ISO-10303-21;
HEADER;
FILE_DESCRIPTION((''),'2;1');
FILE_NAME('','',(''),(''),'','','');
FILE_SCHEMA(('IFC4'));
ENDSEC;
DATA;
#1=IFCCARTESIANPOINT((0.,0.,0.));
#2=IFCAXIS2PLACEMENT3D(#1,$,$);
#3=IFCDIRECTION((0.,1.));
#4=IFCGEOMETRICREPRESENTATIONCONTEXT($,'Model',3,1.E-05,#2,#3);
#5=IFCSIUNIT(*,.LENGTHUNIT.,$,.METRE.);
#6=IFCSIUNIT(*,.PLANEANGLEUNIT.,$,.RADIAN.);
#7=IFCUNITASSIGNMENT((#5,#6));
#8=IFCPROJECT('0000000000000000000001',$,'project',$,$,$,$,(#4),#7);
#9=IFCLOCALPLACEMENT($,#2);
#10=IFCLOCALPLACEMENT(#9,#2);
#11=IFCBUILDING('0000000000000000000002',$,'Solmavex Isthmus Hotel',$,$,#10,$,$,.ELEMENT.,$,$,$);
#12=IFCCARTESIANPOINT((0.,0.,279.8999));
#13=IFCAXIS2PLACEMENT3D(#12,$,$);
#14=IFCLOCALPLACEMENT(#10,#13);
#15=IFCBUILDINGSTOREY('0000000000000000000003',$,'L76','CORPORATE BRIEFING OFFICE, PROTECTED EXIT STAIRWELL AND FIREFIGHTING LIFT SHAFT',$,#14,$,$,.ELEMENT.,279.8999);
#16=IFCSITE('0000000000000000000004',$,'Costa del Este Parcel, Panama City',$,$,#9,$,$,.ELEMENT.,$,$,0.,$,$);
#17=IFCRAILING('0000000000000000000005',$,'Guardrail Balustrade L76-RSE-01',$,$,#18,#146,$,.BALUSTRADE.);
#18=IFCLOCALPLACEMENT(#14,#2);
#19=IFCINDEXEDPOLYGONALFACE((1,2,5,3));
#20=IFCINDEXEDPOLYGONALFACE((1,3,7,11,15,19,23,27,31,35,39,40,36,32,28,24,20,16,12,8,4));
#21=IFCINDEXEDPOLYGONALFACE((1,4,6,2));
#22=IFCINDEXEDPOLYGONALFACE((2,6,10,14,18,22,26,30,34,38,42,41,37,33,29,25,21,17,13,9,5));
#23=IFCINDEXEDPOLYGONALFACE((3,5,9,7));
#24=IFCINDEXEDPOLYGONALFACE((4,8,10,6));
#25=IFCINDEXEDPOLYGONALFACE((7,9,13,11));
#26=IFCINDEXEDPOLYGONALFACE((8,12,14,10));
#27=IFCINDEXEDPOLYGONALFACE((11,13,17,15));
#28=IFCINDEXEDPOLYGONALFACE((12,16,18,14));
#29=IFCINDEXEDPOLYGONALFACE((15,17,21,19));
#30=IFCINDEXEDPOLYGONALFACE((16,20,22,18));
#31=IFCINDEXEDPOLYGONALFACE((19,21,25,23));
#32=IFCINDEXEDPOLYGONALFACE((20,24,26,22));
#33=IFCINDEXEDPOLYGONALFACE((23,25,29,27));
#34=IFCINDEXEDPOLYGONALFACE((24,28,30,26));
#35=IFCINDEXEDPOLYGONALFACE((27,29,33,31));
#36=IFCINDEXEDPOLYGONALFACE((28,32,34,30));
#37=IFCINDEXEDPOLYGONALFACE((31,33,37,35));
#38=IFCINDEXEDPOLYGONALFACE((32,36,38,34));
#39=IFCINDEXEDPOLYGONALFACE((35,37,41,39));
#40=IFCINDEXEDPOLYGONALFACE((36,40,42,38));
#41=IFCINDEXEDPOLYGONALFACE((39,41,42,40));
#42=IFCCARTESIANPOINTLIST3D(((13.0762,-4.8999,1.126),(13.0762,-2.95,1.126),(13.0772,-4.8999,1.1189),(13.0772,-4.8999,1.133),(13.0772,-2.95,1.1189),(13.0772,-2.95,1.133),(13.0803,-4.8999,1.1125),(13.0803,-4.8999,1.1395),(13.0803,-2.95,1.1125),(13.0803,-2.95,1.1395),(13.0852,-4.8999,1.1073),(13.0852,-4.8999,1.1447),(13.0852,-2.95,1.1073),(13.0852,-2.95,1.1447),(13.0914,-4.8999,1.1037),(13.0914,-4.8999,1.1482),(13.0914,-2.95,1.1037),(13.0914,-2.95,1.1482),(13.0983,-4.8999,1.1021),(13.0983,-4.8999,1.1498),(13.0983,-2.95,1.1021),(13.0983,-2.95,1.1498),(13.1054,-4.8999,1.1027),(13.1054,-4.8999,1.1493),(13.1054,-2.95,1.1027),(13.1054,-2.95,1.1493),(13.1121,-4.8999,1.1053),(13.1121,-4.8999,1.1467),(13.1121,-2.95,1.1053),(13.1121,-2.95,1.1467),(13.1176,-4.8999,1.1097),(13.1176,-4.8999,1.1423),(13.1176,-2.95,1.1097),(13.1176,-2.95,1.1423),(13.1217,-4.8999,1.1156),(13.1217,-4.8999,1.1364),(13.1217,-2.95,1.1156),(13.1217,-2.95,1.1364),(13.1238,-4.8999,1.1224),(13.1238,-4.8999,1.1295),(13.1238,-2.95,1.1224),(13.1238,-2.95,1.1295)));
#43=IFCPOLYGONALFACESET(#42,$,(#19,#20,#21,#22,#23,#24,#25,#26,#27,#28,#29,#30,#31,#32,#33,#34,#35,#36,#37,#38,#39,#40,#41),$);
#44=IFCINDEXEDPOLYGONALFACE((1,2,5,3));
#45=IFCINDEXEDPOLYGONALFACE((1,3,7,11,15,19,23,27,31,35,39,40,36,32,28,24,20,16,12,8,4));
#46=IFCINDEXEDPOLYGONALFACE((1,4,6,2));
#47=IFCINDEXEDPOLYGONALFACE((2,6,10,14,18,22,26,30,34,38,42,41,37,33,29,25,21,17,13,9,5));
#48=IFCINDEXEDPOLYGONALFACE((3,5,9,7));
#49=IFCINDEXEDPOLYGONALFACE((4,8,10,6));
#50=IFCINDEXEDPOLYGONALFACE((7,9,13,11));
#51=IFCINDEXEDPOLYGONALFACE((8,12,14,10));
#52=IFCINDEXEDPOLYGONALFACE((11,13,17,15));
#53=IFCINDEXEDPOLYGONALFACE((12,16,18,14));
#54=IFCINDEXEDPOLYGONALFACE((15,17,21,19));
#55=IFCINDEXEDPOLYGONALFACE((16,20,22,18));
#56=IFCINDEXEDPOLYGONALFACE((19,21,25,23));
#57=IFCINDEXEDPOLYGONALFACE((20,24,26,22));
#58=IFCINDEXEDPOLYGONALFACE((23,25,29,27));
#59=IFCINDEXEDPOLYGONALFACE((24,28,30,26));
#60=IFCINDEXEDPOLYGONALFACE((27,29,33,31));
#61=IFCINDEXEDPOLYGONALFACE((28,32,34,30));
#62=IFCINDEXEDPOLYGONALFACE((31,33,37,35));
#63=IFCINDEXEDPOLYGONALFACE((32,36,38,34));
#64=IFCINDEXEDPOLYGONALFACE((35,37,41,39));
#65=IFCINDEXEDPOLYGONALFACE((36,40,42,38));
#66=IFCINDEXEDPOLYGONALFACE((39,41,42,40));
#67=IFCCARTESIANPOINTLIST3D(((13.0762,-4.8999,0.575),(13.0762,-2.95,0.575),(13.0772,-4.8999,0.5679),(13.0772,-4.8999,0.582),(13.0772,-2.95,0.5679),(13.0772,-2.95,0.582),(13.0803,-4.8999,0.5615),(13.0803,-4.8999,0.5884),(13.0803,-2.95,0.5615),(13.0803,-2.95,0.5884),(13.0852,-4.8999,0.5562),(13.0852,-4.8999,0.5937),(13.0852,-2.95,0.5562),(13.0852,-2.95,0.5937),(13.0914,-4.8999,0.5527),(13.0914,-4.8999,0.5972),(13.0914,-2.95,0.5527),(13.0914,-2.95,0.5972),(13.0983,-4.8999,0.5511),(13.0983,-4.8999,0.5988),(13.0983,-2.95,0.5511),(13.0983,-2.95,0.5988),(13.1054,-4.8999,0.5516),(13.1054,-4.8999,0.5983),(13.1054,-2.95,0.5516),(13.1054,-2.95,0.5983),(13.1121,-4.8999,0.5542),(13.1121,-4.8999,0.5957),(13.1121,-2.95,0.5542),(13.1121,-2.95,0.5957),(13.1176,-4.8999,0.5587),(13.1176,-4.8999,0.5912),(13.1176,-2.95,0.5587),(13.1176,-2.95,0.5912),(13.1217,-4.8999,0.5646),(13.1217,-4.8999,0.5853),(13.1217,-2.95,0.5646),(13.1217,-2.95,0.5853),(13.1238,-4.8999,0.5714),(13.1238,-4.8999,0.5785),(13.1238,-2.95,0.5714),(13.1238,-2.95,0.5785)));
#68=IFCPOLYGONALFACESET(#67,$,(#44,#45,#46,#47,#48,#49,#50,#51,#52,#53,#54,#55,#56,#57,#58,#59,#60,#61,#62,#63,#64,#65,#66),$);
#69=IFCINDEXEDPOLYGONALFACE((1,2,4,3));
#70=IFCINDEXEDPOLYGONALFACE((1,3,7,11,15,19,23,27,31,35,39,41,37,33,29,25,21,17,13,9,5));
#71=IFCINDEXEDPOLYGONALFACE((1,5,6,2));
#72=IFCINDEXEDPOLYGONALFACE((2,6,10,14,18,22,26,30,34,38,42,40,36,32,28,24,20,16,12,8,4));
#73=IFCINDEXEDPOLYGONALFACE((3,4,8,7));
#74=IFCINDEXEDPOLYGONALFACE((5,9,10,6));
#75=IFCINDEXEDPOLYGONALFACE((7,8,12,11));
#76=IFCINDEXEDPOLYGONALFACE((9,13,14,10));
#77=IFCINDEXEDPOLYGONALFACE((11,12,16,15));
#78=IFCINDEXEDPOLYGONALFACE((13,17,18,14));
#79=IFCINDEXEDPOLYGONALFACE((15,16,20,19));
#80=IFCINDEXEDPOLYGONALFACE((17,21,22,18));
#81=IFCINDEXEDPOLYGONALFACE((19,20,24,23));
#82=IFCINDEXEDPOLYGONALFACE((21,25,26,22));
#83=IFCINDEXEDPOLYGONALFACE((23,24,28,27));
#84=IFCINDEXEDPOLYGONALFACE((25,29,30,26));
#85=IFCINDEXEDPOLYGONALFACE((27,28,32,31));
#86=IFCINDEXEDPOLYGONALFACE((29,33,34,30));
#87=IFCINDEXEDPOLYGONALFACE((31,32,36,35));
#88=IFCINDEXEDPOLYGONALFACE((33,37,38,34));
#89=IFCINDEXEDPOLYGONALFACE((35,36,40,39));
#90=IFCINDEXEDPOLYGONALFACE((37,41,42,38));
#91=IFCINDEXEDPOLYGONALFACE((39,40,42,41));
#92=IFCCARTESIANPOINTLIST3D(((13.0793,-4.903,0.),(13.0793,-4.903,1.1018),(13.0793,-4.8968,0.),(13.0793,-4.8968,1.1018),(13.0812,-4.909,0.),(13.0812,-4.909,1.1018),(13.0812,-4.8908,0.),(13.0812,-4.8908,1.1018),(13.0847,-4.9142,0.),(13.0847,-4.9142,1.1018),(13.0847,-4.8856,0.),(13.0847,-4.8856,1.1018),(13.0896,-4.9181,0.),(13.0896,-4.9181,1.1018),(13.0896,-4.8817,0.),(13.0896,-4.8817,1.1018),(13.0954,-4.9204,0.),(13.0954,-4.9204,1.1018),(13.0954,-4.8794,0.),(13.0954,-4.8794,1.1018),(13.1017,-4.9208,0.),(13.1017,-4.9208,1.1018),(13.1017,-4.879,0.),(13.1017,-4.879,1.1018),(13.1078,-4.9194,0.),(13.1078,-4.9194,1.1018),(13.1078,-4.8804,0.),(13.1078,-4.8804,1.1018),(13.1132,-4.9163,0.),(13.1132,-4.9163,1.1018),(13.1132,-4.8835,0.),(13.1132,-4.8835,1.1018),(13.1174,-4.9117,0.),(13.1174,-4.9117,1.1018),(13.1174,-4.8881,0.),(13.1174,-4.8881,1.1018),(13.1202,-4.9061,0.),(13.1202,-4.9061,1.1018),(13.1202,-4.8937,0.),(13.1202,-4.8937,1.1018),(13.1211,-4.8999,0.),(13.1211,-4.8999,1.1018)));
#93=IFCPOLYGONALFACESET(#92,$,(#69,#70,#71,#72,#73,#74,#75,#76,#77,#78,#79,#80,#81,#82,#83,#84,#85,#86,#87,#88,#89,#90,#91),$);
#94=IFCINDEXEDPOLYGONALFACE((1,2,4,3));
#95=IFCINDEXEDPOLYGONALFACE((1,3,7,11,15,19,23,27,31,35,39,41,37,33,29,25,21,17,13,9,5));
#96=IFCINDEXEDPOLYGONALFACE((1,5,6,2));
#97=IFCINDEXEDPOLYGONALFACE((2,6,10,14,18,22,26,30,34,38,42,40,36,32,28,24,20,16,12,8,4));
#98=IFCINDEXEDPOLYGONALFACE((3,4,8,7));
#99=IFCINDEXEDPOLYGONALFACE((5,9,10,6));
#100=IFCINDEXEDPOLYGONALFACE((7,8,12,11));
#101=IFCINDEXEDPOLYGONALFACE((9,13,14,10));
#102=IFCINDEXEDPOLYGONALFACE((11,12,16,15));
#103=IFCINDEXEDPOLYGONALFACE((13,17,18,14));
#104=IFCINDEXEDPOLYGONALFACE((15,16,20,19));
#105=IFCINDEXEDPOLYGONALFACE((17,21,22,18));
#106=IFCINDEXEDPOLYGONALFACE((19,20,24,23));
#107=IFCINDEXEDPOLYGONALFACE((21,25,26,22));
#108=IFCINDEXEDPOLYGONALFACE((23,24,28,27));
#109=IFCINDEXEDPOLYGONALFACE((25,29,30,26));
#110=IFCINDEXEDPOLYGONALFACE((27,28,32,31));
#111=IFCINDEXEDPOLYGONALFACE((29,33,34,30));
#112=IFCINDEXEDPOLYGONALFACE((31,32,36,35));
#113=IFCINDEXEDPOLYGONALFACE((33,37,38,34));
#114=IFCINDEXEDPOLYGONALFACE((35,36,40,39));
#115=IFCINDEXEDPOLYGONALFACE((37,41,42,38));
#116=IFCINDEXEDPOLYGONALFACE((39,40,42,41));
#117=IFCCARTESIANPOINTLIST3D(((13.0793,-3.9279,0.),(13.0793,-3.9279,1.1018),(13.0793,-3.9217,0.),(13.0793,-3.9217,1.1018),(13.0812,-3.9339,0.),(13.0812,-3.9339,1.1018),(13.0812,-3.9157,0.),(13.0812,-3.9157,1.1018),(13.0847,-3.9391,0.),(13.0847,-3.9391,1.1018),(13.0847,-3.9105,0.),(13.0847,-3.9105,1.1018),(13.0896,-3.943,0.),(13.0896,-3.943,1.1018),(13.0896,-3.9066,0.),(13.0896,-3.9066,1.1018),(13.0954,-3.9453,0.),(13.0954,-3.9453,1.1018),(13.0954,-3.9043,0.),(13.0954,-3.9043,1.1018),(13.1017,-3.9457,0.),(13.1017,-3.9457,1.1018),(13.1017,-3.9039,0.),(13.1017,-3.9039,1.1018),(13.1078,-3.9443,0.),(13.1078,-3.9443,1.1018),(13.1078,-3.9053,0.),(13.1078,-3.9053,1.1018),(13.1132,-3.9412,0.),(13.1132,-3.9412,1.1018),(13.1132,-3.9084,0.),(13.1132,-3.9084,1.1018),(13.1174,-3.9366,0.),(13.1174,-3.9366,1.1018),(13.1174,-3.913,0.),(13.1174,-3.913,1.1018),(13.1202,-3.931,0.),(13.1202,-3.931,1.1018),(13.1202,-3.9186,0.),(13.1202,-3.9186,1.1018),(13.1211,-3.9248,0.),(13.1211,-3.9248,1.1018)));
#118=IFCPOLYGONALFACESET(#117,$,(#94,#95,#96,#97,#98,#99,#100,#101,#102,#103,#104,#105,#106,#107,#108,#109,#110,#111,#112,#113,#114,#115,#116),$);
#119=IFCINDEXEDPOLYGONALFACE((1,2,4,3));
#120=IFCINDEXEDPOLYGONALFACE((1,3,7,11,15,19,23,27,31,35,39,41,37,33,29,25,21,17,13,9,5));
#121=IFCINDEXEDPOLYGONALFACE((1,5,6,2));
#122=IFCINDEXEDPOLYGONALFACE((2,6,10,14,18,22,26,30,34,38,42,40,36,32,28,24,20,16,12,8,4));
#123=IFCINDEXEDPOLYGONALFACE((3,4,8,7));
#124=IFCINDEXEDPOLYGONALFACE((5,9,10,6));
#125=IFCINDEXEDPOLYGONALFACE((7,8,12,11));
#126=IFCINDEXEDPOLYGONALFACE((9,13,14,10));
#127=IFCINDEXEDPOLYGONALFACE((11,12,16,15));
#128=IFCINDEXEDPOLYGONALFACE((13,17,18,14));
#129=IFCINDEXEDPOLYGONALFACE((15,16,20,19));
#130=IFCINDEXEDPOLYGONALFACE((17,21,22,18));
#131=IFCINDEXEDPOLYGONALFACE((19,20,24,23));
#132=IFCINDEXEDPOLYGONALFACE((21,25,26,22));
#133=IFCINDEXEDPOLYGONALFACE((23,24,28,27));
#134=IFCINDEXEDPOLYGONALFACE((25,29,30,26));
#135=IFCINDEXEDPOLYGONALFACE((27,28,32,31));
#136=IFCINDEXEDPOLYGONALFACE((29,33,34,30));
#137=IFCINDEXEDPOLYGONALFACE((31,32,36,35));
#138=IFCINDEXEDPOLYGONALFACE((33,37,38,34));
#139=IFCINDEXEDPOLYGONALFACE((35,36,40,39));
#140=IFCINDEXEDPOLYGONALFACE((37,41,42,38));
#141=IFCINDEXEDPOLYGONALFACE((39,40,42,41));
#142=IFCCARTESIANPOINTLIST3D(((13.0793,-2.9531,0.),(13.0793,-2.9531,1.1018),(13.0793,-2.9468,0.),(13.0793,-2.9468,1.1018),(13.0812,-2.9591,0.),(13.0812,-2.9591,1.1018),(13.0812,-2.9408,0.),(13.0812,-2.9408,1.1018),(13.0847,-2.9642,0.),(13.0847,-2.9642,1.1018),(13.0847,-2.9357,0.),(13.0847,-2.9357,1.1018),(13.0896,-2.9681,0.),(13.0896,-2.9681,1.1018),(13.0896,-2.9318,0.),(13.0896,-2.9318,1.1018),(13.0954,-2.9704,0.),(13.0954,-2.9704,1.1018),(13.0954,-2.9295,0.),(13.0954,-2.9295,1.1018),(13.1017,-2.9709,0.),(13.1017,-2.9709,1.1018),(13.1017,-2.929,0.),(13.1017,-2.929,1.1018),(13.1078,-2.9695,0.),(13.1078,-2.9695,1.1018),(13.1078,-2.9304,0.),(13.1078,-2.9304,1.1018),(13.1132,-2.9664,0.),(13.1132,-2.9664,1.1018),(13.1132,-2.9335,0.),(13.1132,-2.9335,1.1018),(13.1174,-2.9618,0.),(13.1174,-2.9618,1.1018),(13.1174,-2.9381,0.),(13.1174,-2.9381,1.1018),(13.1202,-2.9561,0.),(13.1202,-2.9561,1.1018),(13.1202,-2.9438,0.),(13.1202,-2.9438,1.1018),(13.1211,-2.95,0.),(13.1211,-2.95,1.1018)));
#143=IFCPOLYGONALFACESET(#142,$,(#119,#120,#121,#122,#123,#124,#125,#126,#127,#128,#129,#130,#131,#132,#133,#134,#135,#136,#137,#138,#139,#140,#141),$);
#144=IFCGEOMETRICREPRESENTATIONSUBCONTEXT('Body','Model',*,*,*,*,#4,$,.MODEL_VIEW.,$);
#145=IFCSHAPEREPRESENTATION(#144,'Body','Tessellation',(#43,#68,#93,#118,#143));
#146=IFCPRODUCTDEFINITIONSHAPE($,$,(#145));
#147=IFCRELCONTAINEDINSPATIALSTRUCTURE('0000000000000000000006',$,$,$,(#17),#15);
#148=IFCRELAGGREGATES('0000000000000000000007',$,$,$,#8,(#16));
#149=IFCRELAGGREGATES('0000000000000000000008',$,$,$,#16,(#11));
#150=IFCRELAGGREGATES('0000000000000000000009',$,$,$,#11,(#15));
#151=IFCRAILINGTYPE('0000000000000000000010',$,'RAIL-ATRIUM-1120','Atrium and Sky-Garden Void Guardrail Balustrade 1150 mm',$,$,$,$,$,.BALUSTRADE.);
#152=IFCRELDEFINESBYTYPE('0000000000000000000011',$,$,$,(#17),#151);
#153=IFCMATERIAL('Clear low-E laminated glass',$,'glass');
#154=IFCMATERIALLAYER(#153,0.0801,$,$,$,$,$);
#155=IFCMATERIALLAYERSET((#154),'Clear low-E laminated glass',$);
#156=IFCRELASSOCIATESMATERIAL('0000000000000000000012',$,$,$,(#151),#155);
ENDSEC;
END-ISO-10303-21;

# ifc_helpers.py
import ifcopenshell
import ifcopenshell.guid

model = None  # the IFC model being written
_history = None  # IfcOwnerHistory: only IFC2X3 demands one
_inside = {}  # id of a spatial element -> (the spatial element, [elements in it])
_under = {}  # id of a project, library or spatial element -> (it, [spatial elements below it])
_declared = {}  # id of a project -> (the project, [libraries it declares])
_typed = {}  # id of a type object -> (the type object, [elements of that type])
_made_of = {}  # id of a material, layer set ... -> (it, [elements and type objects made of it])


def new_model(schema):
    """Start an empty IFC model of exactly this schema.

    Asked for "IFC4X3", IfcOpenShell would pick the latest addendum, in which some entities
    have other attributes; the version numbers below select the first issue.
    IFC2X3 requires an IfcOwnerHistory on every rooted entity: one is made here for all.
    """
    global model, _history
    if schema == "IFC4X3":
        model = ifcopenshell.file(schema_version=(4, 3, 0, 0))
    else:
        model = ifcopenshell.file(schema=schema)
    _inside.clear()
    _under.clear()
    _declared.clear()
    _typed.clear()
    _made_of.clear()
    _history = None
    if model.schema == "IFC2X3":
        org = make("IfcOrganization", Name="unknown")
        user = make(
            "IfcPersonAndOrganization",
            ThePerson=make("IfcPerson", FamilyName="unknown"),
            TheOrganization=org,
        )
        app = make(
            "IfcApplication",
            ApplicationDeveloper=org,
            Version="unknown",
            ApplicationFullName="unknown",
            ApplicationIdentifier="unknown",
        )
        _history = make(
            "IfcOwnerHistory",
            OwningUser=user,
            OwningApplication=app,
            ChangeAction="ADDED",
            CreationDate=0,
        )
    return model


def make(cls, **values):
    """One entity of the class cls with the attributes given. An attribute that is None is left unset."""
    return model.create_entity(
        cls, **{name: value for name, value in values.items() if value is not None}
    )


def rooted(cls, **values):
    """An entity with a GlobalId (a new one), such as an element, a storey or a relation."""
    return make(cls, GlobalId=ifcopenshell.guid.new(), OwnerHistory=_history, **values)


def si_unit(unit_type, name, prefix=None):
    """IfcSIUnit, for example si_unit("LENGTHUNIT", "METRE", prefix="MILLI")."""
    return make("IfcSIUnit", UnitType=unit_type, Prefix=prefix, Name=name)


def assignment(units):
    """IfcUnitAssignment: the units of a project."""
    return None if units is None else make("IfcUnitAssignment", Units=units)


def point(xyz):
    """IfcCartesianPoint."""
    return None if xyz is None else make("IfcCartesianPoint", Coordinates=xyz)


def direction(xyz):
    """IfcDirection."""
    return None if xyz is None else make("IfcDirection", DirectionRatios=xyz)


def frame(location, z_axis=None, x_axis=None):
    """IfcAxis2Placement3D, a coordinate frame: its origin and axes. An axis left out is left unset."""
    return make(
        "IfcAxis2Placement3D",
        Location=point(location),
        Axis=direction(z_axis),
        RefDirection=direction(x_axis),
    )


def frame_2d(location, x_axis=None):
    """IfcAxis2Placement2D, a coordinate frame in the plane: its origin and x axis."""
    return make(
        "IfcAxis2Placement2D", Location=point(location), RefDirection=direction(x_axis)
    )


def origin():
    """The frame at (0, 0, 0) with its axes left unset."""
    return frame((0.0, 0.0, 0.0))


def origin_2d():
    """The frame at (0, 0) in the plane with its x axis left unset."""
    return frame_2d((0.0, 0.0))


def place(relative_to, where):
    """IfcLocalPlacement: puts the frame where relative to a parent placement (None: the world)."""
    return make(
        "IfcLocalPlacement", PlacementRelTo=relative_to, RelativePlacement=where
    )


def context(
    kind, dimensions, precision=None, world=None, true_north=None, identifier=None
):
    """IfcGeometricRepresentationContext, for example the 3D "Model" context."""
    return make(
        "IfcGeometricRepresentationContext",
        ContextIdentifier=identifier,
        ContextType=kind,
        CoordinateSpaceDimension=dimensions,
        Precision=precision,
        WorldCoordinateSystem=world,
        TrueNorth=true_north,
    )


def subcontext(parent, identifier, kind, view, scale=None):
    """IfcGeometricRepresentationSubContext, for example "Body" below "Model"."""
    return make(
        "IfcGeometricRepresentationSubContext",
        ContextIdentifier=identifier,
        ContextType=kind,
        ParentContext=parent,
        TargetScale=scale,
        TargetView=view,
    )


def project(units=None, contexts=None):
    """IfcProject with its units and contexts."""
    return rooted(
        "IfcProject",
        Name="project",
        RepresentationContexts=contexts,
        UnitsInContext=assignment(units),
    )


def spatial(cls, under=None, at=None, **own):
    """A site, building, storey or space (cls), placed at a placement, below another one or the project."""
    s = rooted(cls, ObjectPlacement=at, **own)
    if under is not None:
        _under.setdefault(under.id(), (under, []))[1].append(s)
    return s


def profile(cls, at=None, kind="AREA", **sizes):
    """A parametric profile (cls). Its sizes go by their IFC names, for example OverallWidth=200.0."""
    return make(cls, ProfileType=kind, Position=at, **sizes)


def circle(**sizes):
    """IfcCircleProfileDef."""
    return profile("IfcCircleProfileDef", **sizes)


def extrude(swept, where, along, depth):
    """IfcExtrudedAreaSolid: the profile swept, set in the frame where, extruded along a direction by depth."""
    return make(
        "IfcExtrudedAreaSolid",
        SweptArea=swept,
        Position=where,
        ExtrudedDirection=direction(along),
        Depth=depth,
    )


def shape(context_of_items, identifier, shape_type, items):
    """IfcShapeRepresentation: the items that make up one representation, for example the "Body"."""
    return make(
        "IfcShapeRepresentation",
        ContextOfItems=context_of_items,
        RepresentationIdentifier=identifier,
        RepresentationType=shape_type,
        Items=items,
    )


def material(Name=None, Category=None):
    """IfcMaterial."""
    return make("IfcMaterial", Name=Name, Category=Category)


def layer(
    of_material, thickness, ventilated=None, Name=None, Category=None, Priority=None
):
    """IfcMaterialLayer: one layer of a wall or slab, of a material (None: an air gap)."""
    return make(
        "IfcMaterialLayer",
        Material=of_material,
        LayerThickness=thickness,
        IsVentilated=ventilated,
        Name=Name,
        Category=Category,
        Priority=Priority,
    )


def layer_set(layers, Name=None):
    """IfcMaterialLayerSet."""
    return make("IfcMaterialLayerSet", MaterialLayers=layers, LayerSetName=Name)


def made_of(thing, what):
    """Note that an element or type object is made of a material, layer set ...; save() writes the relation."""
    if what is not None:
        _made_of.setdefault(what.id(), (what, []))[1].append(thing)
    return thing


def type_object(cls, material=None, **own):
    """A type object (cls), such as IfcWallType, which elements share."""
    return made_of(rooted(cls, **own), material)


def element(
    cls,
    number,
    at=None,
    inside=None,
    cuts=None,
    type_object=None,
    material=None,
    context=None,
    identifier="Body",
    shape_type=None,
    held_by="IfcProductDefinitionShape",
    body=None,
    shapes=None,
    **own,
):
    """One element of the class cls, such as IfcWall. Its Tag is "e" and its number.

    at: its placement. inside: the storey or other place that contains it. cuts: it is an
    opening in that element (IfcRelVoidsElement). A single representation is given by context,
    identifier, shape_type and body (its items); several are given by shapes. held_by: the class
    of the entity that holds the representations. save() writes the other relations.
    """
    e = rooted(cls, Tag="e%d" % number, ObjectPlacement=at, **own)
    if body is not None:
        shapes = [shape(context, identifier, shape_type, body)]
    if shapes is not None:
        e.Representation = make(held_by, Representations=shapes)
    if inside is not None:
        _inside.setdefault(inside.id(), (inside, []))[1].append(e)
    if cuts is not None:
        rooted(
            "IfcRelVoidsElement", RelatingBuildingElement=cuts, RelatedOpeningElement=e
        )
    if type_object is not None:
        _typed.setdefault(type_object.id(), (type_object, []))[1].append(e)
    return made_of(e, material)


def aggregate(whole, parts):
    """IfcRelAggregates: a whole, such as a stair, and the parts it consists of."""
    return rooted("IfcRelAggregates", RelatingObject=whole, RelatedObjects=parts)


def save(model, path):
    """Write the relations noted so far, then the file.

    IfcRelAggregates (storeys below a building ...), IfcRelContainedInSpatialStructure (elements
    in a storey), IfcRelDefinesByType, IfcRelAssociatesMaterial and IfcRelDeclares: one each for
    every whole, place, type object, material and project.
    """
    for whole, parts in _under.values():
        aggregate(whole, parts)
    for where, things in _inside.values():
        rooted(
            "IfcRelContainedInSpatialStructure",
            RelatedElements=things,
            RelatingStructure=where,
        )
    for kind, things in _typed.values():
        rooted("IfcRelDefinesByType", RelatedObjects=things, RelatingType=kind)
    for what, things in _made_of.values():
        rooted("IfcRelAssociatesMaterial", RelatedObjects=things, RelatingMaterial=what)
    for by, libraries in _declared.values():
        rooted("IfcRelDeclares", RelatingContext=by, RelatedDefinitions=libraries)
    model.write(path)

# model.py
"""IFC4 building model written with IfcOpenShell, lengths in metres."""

from ifc_helpers import new_model, si_unit, direction, frame, origin, origin_2d, place, context, subcontext, project, spatial, circle, extrude, material, layer, layer_set, type_object, element, save


model = new_model("IFC4")

# Units and contexts
model_context = context("Model", 3, precision=1e-05, world=origin(), true_north=direction((0.0, 1.0)))
body_context = subcontext(model_context, "Body", "Model", "MODEL_VIEW")
ifc_project = project(units=[si_unit("LENGTHUNIT", "METRE"), si_unit("PLANEANGLEUNIT", "RADIAN")], contexts=[model_context])

# Site, building, storey
site_placement = place(None, origin())
site = spatial("IfcSite", under=ifc_project, at=site_placement, Name="Costa del Este Parcel, Panama City", CompositionType="ELEMENT", RefElevation=0.0)
building_placement = place(site_placement, origin())
building = spatial("IfcBuilding", under=site, at=building_placement, Name="Solmavex Isthmus Hotel", CompositionType="ELEMENT")
storey_placement = place(building_placement, frame((0.0, 0.0, 279.8999)))
storey = spatial("IfcBuildingStorey", under=building, at=storey_placement, Name="L76", Description="CORPORATE BRIEFING OFFICE, PROTECTED EXIT STAIRWELL AND FIREFIGHTING LIFT SHAFT", CompositionType="ELEMENT", Elevation=279.8999)

# Railing
ifc_material_1 = material(Name="Clear low-E laminated glass", Category="glass")
ifc_layer_1 = layer(ifc_material_1, 0.0801)
ifc_layer_set_1 = layer_set([ifc_layer_1], Name="Clear low-E laminated glass")
railing_type = type_object("IfcRailingType", Name="RAIL-ATRIUM-1120", Description="Atrium and Sky-Garden Void Guardrail Balustrade 1150 mm", PredefinedType="BALUSTRADE", material=ifc_layer_set_1)
railing_placement = place(storey_placement, frame((13.1001, -4.8999, 0.0)))
element("IfcRailing", 1, at=railing_placement, inside=storey, type_object=railing_type, Name="Guardrail Balustrade L76-RSE-01", PredefinedType="BALUSTRADE", context=body_context, shape_type="SweptSolid", body=[
    extrude(circle(Radius=0.0239, at=origin_2d()), frame((0.0, 0.0, 1.126), z_axis=(0.0, 1.0, 0.0), x_axis=(-1.0, 0.0, 0.0)), (0.0, 0.0, 1.0), 1.95),
    extrude(circle(Radius=0.0239, at=origin_2d()), frame((0.0, 0.0, 0.575), z_axis=(0.0, 1.0, 0.0), x_axis=(-1.0, 0.0, 0.0)), (0.0, 0.0, 1.0), 1.95),
    extrude(circle(Radius=0.021, at=origin_2d()), origin(), (0.0, 0.0, 1.0), 1.1018),
    extrude(circle(Radius=0.021, at=origin_2d()), frame((0.0, 0.9751, 0.0)), (0.0, 0.0, 1.0), 1.1018),
    extrude(circle(Radius=0.021, at=origin_2d()), frame((0.0, 1.95, 0.0)), (0.0, 0.0, 1.0), 1.1018),
])

save(model, "model.ifc")
